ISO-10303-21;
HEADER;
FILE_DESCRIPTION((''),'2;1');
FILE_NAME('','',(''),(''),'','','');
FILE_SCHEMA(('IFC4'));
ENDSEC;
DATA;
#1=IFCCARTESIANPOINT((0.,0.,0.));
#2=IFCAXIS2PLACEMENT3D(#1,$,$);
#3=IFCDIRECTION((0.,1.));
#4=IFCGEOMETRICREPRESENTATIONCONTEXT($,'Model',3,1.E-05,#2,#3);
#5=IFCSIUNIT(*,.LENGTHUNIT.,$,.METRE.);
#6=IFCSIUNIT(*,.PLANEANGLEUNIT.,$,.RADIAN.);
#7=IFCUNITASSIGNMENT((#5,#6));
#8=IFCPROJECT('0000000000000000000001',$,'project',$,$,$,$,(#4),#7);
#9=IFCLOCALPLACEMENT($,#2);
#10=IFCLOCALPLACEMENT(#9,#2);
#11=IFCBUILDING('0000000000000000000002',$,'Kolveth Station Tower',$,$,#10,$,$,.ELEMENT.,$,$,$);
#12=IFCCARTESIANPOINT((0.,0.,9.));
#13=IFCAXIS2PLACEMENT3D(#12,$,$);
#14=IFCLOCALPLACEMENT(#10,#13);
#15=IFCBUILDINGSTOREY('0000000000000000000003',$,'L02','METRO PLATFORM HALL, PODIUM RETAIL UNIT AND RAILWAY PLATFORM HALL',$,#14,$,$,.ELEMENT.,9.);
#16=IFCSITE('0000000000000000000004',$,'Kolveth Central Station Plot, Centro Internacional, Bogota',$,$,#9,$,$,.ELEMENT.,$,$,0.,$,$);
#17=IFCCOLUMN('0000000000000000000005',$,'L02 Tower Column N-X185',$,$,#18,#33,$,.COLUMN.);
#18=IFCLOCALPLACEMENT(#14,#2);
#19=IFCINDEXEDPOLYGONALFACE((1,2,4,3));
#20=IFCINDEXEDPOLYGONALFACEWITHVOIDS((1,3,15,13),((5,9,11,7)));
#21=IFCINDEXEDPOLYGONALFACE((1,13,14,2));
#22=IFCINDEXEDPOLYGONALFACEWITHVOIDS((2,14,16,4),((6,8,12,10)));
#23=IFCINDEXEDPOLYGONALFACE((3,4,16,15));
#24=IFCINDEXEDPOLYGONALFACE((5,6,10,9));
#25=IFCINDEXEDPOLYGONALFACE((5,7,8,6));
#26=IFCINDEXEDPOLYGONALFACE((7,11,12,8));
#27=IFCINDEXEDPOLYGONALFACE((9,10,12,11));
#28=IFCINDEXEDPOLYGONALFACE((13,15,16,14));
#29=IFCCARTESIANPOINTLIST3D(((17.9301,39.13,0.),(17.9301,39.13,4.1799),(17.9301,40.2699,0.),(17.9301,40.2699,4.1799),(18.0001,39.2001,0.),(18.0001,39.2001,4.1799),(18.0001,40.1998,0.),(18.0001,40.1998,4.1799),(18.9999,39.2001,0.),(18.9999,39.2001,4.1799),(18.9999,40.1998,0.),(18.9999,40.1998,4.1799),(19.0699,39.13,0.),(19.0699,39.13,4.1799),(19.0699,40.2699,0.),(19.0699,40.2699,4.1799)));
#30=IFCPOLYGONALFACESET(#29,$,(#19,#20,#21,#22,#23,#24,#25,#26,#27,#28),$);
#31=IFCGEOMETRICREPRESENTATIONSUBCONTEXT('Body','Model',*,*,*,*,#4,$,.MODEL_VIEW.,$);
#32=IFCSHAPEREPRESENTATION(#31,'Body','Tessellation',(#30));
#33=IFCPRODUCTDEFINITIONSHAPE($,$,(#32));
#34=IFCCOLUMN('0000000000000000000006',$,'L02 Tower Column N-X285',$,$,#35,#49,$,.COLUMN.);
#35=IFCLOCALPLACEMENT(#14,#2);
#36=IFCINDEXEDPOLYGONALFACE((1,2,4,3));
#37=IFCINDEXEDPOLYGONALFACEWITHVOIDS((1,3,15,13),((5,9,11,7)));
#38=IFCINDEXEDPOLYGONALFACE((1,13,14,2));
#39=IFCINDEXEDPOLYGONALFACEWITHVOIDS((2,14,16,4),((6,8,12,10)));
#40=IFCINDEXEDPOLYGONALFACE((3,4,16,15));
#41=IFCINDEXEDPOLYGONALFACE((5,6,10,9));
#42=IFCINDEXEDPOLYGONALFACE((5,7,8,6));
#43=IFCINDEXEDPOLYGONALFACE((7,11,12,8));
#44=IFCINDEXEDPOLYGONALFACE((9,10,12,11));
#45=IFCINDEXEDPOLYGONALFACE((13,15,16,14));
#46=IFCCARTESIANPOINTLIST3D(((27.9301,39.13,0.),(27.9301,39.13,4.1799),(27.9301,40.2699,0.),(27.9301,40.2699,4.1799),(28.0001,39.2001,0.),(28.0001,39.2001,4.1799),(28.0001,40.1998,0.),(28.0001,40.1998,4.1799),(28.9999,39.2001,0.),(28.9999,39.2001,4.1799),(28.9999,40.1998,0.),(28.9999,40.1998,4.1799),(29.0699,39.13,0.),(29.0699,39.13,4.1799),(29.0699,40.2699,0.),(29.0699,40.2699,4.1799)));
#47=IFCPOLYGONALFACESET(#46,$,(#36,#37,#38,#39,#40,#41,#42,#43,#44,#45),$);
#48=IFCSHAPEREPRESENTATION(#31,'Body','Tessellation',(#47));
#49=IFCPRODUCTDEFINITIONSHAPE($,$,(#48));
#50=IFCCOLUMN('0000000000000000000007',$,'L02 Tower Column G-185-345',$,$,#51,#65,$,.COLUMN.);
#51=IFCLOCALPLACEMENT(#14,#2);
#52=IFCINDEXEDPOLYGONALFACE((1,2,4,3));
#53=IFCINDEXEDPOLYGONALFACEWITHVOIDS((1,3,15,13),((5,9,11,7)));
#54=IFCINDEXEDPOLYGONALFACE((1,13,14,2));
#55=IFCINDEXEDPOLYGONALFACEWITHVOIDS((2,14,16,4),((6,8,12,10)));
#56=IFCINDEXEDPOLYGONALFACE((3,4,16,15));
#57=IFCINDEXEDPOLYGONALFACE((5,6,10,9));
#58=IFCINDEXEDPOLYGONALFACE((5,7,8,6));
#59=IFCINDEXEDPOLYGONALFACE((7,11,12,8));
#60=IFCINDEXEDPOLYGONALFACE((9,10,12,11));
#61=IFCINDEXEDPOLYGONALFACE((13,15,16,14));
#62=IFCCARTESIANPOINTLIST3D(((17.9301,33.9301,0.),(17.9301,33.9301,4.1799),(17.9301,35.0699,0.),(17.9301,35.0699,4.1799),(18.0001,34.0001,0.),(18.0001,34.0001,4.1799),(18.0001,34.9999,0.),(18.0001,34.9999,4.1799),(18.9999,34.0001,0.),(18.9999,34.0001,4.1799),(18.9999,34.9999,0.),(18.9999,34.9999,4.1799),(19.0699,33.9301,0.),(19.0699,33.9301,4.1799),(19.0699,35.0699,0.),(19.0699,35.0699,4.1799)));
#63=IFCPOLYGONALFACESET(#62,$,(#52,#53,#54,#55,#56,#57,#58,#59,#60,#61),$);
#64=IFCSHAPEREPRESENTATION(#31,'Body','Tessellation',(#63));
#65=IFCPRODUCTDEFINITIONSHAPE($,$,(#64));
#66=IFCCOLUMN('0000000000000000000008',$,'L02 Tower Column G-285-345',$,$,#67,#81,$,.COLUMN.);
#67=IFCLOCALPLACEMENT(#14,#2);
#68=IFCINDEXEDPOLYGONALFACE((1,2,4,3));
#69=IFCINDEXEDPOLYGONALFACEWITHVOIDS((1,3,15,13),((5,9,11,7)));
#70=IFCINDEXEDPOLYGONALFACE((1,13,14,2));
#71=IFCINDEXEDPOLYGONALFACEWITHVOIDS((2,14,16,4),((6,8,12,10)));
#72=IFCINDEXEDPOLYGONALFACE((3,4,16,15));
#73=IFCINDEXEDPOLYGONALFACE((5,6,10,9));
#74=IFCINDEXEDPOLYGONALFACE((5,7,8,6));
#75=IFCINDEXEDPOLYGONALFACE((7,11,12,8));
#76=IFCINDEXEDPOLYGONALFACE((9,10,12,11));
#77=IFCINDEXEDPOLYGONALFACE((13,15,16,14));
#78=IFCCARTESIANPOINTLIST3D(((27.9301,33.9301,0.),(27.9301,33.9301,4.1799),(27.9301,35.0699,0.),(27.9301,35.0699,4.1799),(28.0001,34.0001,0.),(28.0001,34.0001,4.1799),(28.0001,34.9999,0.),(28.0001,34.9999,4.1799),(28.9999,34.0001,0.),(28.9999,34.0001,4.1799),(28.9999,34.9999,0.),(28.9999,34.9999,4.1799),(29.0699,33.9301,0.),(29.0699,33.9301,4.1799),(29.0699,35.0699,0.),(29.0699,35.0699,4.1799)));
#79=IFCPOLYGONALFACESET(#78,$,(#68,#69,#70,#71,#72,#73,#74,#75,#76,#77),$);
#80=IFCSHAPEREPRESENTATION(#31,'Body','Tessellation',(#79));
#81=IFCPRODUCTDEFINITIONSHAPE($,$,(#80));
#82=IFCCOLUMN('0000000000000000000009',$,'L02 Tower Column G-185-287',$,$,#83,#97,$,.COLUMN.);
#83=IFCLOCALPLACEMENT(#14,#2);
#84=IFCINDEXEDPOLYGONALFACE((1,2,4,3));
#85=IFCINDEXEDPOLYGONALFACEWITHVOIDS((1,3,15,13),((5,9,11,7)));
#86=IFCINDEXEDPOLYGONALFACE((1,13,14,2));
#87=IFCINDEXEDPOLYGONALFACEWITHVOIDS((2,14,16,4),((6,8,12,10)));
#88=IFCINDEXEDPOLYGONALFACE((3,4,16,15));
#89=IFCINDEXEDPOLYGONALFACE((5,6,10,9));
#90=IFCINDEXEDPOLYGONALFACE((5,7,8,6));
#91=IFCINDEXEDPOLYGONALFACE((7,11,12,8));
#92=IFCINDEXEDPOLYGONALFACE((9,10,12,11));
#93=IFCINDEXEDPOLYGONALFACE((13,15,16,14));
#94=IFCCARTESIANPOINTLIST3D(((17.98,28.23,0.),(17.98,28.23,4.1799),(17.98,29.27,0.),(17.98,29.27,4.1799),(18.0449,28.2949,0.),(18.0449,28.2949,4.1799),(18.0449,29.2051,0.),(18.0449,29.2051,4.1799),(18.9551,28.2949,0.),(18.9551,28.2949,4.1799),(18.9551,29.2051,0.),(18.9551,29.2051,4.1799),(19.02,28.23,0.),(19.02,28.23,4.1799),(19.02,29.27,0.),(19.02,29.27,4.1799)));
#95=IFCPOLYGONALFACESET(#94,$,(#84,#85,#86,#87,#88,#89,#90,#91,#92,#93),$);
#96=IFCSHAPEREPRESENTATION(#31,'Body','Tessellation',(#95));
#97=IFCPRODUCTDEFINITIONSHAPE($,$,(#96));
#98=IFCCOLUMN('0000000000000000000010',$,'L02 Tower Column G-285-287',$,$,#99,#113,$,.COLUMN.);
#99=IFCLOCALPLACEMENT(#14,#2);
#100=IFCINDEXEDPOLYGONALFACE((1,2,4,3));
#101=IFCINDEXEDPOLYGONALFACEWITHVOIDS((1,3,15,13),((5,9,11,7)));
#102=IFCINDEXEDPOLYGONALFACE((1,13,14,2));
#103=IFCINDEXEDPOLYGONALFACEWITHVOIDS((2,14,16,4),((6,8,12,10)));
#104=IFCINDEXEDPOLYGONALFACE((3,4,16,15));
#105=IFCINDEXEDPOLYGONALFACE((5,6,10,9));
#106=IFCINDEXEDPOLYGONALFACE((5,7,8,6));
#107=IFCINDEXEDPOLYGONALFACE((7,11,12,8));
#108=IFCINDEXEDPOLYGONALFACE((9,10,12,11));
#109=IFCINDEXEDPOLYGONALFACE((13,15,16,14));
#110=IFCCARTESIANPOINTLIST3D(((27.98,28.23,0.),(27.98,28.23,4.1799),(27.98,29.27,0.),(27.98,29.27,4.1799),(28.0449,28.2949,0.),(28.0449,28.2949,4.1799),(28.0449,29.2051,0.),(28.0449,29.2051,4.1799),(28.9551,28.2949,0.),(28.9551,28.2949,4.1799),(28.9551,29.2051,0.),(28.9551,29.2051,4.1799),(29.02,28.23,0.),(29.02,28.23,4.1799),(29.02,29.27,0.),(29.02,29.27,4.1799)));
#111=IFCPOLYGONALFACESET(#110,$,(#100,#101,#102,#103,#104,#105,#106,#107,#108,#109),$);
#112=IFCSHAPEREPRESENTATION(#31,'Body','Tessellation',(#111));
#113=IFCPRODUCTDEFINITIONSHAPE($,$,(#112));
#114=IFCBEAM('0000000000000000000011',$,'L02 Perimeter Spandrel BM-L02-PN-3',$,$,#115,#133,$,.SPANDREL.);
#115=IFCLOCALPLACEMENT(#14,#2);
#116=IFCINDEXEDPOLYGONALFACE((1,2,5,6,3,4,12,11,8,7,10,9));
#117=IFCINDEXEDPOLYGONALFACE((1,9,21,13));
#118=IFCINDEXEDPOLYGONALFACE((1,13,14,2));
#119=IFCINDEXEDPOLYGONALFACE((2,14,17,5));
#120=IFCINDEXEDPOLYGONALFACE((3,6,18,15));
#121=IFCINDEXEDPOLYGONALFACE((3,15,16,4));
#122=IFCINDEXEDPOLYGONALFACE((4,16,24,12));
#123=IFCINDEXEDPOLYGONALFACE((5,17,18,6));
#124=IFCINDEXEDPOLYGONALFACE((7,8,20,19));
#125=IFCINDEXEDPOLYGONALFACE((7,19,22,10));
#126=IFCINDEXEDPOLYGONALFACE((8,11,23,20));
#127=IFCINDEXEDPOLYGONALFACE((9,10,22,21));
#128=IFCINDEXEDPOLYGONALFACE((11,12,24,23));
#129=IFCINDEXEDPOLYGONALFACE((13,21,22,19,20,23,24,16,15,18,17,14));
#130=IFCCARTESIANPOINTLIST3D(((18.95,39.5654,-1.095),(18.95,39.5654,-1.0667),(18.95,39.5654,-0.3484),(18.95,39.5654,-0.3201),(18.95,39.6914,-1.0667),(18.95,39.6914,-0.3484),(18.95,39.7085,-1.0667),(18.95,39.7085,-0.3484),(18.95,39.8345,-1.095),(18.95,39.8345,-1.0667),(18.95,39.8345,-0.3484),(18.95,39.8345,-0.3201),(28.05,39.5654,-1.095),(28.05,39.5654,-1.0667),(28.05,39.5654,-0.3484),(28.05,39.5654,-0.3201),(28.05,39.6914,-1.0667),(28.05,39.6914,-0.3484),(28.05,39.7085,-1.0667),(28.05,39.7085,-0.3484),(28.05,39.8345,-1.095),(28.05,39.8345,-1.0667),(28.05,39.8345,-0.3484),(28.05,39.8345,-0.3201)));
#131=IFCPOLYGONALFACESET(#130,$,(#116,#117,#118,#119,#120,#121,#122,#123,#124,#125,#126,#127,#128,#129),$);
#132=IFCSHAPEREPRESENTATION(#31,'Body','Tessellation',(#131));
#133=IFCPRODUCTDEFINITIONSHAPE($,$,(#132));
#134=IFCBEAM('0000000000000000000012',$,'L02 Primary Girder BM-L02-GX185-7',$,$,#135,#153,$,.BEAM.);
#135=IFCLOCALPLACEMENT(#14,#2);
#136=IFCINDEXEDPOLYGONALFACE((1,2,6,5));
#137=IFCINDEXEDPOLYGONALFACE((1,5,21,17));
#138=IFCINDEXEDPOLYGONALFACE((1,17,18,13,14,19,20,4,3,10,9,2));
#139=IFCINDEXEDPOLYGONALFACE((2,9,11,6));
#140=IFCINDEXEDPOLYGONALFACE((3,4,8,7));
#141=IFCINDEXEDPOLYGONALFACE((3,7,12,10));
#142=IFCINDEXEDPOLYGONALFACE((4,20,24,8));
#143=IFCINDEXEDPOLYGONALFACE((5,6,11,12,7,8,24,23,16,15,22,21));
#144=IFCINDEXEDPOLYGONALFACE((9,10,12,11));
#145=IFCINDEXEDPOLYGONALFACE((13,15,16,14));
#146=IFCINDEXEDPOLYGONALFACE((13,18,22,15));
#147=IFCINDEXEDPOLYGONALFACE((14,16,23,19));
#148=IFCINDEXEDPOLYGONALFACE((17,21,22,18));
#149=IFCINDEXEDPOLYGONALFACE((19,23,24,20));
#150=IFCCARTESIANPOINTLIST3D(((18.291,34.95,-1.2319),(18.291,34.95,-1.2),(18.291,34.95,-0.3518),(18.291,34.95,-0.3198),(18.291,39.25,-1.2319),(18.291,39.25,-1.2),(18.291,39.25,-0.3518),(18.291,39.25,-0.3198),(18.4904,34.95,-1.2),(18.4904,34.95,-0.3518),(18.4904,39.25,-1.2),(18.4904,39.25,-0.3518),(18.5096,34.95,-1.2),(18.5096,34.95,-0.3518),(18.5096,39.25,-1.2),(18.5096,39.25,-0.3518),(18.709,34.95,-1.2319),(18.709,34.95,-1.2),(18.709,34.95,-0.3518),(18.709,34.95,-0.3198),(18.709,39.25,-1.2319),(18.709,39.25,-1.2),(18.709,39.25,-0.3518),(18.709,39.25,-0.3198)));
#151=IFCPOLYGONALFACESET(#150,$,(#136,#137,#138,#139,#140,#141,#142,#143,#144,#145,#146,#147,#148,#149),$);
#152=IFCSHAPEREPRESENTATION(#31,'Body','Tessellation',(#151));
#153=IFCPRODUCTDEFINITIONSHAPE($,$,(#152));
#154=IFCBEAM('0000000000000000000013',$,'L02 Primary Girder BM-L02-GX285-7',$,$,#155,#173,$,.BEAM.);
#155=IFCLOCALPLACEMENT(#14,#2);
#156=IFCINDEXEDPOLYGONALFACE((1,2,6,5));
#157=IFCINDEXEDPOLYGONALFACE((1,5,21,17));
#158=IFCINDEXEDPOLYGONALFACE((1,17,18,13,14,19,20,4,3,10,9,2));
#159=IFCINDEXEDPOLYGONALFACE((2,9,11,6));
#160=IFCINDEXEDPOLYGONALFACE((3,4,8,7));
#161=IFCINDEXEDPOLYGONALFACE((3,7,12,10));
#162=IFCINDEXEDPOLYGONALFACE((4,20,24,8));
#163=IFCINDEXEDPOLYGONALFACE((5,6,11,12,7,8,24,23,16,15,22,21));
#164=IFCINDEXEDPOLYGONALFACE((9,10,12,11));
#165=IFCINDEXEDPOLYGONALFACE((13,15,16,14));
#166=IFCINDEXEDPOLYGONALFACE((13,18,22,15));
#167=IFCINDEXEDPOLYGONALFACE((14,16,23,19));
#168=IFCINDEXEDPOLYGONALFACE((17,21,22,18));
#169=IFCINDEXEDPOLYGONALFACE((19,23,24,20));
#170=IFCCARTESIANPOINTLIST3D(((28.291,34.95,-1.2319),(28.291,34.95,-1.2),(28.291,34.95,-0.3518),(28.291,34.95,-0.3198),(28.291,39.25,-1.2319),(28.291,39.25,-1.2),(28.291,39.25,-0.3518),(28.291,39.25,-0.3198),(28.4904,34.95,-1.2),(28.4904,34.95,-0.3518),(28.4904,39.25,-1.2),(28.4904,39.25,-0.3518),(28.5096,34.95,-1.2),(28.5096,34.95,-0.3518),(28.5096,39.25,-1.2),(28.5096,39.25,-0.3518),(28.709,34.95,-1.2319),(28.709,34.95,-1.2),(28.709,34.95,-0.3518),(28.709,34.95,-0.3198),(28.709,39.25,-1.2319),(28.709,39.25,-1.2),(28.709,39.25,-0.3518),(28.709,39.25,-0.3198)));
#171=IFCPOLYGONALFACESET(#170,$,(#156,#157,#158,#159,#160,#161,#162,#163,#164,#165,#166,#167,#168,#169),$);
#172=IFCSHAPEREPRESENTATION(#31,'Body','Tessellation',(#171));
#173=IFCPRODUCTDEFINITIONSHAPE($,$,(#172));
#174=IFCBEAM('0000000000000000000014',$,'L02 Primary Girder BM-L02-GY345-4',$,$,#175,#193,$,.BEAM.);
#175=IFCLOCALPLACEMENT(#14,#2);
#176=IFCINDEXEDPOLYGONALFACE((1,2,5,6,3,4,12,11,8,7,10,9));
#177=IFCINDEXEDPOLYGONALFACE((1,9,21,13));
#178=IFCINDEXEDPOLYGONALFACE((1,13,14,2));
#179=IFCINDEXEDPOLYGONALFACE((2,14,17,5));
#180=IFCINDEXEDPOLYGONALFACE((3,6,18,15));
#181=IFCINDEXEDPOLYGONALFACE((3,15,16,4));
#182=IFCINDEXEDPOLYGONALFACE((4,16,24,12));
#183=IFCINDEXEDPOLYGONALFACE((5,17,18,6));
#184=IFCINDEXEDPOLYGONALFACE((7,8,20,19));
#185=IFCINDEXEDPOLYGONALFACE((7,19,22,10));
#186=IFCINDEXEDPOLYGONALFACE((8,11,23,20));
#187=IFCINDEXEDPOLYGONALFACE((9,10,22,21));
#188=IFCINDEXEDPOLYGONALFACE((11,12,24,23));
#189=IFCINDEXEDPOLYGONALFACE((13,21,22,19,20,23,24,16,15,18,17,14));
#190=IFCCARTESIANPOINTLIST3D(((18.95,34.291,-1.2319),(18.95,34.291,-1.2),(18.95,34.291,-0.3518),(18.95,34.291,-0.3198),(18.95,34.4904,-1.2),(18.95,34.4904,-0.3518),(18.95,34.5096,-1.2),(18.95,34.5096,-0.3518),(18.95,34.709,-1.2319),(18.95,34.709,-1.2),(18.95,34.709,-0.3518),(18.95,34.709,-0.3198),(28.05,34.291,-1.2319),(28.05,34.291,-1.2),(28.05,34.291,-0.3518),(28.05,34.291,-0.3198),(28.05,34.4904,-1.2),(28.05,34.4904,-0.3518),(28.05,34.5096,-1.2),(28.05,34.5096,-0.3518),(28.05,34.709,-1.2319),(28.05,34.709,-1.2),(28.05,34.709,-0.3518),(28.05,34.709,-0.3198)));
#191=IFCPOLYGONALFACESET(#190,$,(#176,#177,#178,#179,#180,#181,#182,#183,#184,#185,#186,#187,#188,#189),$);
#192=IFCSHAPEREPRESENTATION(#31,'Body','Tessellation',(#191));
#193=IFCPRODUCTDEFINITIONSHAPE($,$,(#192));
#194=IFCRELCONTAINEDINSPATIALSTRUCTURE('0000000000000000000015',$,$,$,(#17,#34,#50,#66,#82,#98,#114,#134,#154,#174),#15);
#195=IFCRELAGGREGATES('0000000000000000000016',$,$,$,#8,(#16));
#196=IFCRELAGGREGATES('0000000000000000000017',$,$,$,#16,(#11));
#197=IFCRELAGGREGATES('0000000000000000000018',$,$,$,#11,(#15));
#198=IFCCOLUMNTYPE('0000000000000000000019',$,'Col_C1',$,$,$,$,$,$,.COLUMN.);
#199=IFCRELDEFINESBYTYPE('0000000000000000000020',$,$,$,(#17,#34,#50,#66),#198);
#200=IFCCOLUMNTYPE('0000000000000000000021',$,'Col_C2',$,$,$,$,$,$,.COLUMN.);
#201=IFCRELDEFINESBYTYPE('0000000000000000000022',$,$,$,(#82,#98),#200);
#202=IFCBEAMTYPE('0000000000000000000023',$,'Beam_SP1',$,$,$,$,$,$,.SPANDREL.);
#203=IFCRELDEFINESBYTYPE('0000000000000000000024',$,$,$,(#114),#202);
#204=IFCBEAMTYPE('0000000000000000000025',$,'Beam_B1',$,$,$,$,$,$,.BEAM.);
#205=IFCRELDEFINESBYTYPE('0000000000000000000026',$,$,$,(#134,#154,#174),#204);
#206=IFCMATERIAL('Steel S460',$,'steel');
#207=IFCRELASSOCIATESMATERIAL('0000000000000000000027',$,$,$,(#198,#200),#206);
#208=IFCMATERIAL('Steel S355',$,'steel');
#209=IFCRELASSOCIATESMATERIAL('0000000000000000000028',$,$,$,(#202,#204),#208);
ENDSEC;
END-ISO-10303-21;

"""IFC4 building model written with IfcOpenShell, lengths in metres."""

from ifc_helpers import new_model, si_unit, direction, frame, origin, origin_2d, place, context, subcontext, project, spatial, hollow_rectangle, i_section, extrude, source, transform, mapped, material, material_profile, profile_set, type_object, element, save


model = new_model("IFC4")

# Units and contexts
model_context = context("Model", 3, precision=1e-05, world=origin(), true_north=direction((0.0, 1.0)))
body_context = subcontext(model_context, "Body", "Model", "MODEL_VIEW")
ifc_project = project(units=[si_unit("LENGTHUNIT", "METRE"), si_unit("PLANEANGLEUNIT", "RADIAN")], contexts=[model_context])

# Site, building, storey
site_placement = place(None, origin())
site = spatial("IfcSite", under=ifc_project, at=site_placement, Name="Kolveth Central Station Plot, Centro Internacional, Bogota", CompositionType="ELEMENT", RefElevation=0.0)
building_placement = place(site_placement, origin())
building = spatial("IfcBuilding", under=site, at=building_placement, Name="Kolveth Station Tower", CompositionType="ELEMENT")
storey_placement = place(building_placement, frame((0.0, 0.0, 9.0)))
storey = spatial("IfcBuildingStorey", under=building, at=storey_placement, Name="L02", Description="METRO PLATFORM HALL, PODIUM RETAIL UNIT AND RAILWAY PLATFORM HALL", CompositionType="ELEMENT", Elevation=9.0)

# Columns
ifc_material_1 = material(Name="Steel S460", Category="steel")
ifc_material_profile_1 = material_profile(ifc_material_1, hollow_rectangle(XDim=1.1399, YDim=1.1399, WallThickness=0.0701, at=origin_2d()), Name="BOX1140x1140x70")
ifc_profile_set_1 = profile_set([ifc_material_profile_1], Name="Steel S460")
column_type_1 = type_object("IfcColumnType", Name="Col_C1", PredefinedType="COLUMN", material=ifc_profile_set_1)
shared_shape_1 = source(origin(), body_context, "Body", "SweptSolid", [
    extrude(hollow_rectangle(XDim=1.1399, YDim=1.1399, WallThickness=0.0701, at=origin_2d()), origin(), (0.0, 0.0, 1.0), 4.1799),
])
for number, where, z_axis, x_axis, name in (
    (1, (18.5, 39.7, 0.0), (0.0, 0.0, 1.0), (1.0, 0.0, 0.0), "L02 Tower Column N-X185"),
    (2, (28.5, 39.7, 0.0), (0.0, 0.0, 1.0), (1.0, 0.0, 0.0), "L02 Tower Column N-X285"),
    (3, (18.5, 34.5, 0.0), (0.0, 0.0, 1.0), (1.0, 0.0, 0.0), "L02 Tower Column G-185-345"),
    (4, (28.5, 34.5, 0.0), (0.0, 0.0, 1.0), (1.0, 0.0, 0.0), "L02 Tower Column G-285-345"),
):
    element("IfcColumn", number, at=place(storey_placement, frame(where, z_axis=z_axis, x_axis=x_axis)), inside=storey, type_object=column_type_1, Name=name, PredefinedType="COLUMN", context=body_context, shape_type="MappedRepresentation", body=[
        mapped(shared_shape_1, transform((0.0, 0.0, 0.0), x_axis=(1.0, 0.0, 0.0), y_axis=(0.0, 1.0, 0.0), z_axis=(0.0, 0.0, 1.0), scale=1.0)),
    ])
ifc_material_profile_2 = material_profile(ifc_material_1, hollow_rectangle(XDim=1.04, YDim=1.04, WallThickness=0.0649, at=origin_2d()), Name="BOX1040x1040x65")
ifc_profile_set_2 = profile_set([ifc_material_profile_2], Name="Steel S460")
column_type_2 = type_object("IfcColumnType", Name="Col_C2", PredefinedType="COLUMN", material=ifc_profile_set_2)
shared_shape_2 = source(origin(), body_context, "Body", "SweptSolid", [
    extrude(hollow_rectangle(XDim=1.04, YDim=1.04, WallThickness=0.0649, at=origin_2d()), origin(), (0.0, 0.0, 1.0), 4.1799),
])
for number, where, z_axis, x_axis, name in (
    (5, (18.5, 28.75, 0.0), (0.0, 0.0, 1.0), (1.0, 0.0, 0.0), "L02 Tower Column G-185-287"),
    (6, (28.5, 28.75, 0.0), (0.0, 0.0, 1.0), (1.0, 0.0, 0.0), "L02 Tower Column G-285-287"),
):
    element("IfcColumn", number, at=place(storey_placement, frame(where, z_axis=z_axis, x_axis=x_axis)), inside=storey, type_object=column_type_2, Name=name, PredefinedType="COLUMN", context=body_context, shape_type="MappedRepresentation", body=[
        mapped(shared_shape_2, transform((0.0, 0.0, 0.0), x_axis=(1.0, 0.0, 0.0), y_axis=(0.0, 1.0, 0.0), z_axis=(0.0, 0.0, 1.0), scale=1.0)),
    ])

# Beams
ifc_material_2 = material(Name="Steel S355", Category="steel")
ifc_material_profile_3 = material_profile(ifc_material_2, i_section(OverallWidth=0.269, OverallDepth=0.7749, WebThickness=0.0171, FlangeThickness=0.0283, at=origin_2d()), Name="W760x220")
ifc_profile_set_3 = profile_set([ifc_material_profile_3], Name="Steel S355")
beam_type_1 = type_object("IfcBeamType", Name="Beam_SP1", PredefinedType="SPANDREL", material=ifc_profile_set_3)
shared_shape_3 = source(origin(), body_context, "Body", "SweptSolid", [
    extrude(i_section(OverallWidth=0.269, OverallDepth=0.7749, WebThickness=0.0171, FlangeThickness=0.0283, at=origin_2d()), origin(), (0.0, 0.0, 1.0), 9.1001),
])
beam_1_placement = place(storey_placement, frame((18.95, 39.7, -0.7075), z_axis=(1.0, 0.0, 0.0), x_axis=(0.0, 1.0, 0.0)))
element("IfcBeam", 7, at=beam_1_placement, inside=storey, type_object=beam_type_1, Name="L02 Perimeter Spandrel BM-L02-PN-3", PredefinedType="SPANDREL", context=body_context, shape_type="MappedRepresentation", body=[
    mapped(shared_shape_3, transform((0.0, 0.0, 0.0), x_axis=(1.0, 0.0, 0.0), y_axis=(0.0, 1.0, 0.0), z_axis=(0.0, 0.0, 1.0), scale=1.0)),
])
ifc_material_profile_4 = material_profile(ifc_material_2, i_section(OverallWidth=0.418, OverallDepth=0.9121, WebThickness=0.0193, FlangeThickness=0.032, at=origin_2d()), Name="W920x342")
ifc_profile_set_4 = profile_set([ifc_material_profile_4], Name="Steel S355")
beam_type_2 = type_object("IfcBeamType", Name="Beam_B1", PredefinedType="BEAM", material=ifc_profile_set_4)
shared_shape_4 = source(origin(), body_context, "Body", "SweptSolid", [
    extrude(i_section(OverallWidth=0.418, OverallDepth=0.9121, WebThickness=0.0193, FlangeThickness=0.032, at=origin_2d()), origin(), (0.0, 0.0, 1.0), 4.3),
])
for number, where, z_axis, x_axis, name in (
    (8, (18.5, 34.95, -0.7759), (0.0, 1.0, 0.0), (-1.0, 0.0, 0.0), "L02 Primary Girder BM-L02-GX185-7"),
    (9, (28.5, 34.95, -0.7759), (0.0, 1.0, 0.0), (-1.0, 0.0, 0.0), "L02 Primary Girder BM-L02-GX285-7"),
):
    element("IfcBeam", number, at=place(storey_placement, frame(where, z_axis=z_axis, x_axis=x_axis)), inside=storey, type_object=beam_type_2, Name=name, PredefinedType="BEAM", context=body_context, shape_type="MappedRepresentation", body=[
        mapped(shared_shape_4, transform((0.0, 0.0, 0.0), x_axis=(1.0, 0.0, 0.0), y_axis=(0.0, 1.0, 0.0), z_axis=(0.0, 0.0, 1.0), scale=1.0)),
    ])
shared_shape_5 = source(origin(), body_context, "Body", "SweptSolid", [
    extrude(i_section(OverallWidth=0.418, OverallDepth=0.9121, WebThickness=0.0193, FlangeThickness=0.032, at=origin_2d()), origin(), (0.0, 0.0, 1.0), 9.1001),
])
beam_2_placement = place(storey_placement, frame((18.95, 34.5, -0.7759), z_axis=(1.0, 0.0, 0.0), x_axis=(0.0, 1.0, 0.0)))
element("IfcBeam", 10, at=beam_2_placement, inside=storey, type_object=beam_type_2, Name="L02 Primary Girder BM-L02-GY345-4", PredefinedType="BEAM", context=body_context, shape_type="MappedRepresentation", body=[
    mapped(shared_shape_5, transform((0.0, 0.0, 0.0), x_axis=(1.0, 0.0, 0.0), y_axis=(0.0, 1.0, 0.0), z_axis=(0.0, 0.0, 1.0), scale=1.0)),
])

save(model, "model.ifc")
